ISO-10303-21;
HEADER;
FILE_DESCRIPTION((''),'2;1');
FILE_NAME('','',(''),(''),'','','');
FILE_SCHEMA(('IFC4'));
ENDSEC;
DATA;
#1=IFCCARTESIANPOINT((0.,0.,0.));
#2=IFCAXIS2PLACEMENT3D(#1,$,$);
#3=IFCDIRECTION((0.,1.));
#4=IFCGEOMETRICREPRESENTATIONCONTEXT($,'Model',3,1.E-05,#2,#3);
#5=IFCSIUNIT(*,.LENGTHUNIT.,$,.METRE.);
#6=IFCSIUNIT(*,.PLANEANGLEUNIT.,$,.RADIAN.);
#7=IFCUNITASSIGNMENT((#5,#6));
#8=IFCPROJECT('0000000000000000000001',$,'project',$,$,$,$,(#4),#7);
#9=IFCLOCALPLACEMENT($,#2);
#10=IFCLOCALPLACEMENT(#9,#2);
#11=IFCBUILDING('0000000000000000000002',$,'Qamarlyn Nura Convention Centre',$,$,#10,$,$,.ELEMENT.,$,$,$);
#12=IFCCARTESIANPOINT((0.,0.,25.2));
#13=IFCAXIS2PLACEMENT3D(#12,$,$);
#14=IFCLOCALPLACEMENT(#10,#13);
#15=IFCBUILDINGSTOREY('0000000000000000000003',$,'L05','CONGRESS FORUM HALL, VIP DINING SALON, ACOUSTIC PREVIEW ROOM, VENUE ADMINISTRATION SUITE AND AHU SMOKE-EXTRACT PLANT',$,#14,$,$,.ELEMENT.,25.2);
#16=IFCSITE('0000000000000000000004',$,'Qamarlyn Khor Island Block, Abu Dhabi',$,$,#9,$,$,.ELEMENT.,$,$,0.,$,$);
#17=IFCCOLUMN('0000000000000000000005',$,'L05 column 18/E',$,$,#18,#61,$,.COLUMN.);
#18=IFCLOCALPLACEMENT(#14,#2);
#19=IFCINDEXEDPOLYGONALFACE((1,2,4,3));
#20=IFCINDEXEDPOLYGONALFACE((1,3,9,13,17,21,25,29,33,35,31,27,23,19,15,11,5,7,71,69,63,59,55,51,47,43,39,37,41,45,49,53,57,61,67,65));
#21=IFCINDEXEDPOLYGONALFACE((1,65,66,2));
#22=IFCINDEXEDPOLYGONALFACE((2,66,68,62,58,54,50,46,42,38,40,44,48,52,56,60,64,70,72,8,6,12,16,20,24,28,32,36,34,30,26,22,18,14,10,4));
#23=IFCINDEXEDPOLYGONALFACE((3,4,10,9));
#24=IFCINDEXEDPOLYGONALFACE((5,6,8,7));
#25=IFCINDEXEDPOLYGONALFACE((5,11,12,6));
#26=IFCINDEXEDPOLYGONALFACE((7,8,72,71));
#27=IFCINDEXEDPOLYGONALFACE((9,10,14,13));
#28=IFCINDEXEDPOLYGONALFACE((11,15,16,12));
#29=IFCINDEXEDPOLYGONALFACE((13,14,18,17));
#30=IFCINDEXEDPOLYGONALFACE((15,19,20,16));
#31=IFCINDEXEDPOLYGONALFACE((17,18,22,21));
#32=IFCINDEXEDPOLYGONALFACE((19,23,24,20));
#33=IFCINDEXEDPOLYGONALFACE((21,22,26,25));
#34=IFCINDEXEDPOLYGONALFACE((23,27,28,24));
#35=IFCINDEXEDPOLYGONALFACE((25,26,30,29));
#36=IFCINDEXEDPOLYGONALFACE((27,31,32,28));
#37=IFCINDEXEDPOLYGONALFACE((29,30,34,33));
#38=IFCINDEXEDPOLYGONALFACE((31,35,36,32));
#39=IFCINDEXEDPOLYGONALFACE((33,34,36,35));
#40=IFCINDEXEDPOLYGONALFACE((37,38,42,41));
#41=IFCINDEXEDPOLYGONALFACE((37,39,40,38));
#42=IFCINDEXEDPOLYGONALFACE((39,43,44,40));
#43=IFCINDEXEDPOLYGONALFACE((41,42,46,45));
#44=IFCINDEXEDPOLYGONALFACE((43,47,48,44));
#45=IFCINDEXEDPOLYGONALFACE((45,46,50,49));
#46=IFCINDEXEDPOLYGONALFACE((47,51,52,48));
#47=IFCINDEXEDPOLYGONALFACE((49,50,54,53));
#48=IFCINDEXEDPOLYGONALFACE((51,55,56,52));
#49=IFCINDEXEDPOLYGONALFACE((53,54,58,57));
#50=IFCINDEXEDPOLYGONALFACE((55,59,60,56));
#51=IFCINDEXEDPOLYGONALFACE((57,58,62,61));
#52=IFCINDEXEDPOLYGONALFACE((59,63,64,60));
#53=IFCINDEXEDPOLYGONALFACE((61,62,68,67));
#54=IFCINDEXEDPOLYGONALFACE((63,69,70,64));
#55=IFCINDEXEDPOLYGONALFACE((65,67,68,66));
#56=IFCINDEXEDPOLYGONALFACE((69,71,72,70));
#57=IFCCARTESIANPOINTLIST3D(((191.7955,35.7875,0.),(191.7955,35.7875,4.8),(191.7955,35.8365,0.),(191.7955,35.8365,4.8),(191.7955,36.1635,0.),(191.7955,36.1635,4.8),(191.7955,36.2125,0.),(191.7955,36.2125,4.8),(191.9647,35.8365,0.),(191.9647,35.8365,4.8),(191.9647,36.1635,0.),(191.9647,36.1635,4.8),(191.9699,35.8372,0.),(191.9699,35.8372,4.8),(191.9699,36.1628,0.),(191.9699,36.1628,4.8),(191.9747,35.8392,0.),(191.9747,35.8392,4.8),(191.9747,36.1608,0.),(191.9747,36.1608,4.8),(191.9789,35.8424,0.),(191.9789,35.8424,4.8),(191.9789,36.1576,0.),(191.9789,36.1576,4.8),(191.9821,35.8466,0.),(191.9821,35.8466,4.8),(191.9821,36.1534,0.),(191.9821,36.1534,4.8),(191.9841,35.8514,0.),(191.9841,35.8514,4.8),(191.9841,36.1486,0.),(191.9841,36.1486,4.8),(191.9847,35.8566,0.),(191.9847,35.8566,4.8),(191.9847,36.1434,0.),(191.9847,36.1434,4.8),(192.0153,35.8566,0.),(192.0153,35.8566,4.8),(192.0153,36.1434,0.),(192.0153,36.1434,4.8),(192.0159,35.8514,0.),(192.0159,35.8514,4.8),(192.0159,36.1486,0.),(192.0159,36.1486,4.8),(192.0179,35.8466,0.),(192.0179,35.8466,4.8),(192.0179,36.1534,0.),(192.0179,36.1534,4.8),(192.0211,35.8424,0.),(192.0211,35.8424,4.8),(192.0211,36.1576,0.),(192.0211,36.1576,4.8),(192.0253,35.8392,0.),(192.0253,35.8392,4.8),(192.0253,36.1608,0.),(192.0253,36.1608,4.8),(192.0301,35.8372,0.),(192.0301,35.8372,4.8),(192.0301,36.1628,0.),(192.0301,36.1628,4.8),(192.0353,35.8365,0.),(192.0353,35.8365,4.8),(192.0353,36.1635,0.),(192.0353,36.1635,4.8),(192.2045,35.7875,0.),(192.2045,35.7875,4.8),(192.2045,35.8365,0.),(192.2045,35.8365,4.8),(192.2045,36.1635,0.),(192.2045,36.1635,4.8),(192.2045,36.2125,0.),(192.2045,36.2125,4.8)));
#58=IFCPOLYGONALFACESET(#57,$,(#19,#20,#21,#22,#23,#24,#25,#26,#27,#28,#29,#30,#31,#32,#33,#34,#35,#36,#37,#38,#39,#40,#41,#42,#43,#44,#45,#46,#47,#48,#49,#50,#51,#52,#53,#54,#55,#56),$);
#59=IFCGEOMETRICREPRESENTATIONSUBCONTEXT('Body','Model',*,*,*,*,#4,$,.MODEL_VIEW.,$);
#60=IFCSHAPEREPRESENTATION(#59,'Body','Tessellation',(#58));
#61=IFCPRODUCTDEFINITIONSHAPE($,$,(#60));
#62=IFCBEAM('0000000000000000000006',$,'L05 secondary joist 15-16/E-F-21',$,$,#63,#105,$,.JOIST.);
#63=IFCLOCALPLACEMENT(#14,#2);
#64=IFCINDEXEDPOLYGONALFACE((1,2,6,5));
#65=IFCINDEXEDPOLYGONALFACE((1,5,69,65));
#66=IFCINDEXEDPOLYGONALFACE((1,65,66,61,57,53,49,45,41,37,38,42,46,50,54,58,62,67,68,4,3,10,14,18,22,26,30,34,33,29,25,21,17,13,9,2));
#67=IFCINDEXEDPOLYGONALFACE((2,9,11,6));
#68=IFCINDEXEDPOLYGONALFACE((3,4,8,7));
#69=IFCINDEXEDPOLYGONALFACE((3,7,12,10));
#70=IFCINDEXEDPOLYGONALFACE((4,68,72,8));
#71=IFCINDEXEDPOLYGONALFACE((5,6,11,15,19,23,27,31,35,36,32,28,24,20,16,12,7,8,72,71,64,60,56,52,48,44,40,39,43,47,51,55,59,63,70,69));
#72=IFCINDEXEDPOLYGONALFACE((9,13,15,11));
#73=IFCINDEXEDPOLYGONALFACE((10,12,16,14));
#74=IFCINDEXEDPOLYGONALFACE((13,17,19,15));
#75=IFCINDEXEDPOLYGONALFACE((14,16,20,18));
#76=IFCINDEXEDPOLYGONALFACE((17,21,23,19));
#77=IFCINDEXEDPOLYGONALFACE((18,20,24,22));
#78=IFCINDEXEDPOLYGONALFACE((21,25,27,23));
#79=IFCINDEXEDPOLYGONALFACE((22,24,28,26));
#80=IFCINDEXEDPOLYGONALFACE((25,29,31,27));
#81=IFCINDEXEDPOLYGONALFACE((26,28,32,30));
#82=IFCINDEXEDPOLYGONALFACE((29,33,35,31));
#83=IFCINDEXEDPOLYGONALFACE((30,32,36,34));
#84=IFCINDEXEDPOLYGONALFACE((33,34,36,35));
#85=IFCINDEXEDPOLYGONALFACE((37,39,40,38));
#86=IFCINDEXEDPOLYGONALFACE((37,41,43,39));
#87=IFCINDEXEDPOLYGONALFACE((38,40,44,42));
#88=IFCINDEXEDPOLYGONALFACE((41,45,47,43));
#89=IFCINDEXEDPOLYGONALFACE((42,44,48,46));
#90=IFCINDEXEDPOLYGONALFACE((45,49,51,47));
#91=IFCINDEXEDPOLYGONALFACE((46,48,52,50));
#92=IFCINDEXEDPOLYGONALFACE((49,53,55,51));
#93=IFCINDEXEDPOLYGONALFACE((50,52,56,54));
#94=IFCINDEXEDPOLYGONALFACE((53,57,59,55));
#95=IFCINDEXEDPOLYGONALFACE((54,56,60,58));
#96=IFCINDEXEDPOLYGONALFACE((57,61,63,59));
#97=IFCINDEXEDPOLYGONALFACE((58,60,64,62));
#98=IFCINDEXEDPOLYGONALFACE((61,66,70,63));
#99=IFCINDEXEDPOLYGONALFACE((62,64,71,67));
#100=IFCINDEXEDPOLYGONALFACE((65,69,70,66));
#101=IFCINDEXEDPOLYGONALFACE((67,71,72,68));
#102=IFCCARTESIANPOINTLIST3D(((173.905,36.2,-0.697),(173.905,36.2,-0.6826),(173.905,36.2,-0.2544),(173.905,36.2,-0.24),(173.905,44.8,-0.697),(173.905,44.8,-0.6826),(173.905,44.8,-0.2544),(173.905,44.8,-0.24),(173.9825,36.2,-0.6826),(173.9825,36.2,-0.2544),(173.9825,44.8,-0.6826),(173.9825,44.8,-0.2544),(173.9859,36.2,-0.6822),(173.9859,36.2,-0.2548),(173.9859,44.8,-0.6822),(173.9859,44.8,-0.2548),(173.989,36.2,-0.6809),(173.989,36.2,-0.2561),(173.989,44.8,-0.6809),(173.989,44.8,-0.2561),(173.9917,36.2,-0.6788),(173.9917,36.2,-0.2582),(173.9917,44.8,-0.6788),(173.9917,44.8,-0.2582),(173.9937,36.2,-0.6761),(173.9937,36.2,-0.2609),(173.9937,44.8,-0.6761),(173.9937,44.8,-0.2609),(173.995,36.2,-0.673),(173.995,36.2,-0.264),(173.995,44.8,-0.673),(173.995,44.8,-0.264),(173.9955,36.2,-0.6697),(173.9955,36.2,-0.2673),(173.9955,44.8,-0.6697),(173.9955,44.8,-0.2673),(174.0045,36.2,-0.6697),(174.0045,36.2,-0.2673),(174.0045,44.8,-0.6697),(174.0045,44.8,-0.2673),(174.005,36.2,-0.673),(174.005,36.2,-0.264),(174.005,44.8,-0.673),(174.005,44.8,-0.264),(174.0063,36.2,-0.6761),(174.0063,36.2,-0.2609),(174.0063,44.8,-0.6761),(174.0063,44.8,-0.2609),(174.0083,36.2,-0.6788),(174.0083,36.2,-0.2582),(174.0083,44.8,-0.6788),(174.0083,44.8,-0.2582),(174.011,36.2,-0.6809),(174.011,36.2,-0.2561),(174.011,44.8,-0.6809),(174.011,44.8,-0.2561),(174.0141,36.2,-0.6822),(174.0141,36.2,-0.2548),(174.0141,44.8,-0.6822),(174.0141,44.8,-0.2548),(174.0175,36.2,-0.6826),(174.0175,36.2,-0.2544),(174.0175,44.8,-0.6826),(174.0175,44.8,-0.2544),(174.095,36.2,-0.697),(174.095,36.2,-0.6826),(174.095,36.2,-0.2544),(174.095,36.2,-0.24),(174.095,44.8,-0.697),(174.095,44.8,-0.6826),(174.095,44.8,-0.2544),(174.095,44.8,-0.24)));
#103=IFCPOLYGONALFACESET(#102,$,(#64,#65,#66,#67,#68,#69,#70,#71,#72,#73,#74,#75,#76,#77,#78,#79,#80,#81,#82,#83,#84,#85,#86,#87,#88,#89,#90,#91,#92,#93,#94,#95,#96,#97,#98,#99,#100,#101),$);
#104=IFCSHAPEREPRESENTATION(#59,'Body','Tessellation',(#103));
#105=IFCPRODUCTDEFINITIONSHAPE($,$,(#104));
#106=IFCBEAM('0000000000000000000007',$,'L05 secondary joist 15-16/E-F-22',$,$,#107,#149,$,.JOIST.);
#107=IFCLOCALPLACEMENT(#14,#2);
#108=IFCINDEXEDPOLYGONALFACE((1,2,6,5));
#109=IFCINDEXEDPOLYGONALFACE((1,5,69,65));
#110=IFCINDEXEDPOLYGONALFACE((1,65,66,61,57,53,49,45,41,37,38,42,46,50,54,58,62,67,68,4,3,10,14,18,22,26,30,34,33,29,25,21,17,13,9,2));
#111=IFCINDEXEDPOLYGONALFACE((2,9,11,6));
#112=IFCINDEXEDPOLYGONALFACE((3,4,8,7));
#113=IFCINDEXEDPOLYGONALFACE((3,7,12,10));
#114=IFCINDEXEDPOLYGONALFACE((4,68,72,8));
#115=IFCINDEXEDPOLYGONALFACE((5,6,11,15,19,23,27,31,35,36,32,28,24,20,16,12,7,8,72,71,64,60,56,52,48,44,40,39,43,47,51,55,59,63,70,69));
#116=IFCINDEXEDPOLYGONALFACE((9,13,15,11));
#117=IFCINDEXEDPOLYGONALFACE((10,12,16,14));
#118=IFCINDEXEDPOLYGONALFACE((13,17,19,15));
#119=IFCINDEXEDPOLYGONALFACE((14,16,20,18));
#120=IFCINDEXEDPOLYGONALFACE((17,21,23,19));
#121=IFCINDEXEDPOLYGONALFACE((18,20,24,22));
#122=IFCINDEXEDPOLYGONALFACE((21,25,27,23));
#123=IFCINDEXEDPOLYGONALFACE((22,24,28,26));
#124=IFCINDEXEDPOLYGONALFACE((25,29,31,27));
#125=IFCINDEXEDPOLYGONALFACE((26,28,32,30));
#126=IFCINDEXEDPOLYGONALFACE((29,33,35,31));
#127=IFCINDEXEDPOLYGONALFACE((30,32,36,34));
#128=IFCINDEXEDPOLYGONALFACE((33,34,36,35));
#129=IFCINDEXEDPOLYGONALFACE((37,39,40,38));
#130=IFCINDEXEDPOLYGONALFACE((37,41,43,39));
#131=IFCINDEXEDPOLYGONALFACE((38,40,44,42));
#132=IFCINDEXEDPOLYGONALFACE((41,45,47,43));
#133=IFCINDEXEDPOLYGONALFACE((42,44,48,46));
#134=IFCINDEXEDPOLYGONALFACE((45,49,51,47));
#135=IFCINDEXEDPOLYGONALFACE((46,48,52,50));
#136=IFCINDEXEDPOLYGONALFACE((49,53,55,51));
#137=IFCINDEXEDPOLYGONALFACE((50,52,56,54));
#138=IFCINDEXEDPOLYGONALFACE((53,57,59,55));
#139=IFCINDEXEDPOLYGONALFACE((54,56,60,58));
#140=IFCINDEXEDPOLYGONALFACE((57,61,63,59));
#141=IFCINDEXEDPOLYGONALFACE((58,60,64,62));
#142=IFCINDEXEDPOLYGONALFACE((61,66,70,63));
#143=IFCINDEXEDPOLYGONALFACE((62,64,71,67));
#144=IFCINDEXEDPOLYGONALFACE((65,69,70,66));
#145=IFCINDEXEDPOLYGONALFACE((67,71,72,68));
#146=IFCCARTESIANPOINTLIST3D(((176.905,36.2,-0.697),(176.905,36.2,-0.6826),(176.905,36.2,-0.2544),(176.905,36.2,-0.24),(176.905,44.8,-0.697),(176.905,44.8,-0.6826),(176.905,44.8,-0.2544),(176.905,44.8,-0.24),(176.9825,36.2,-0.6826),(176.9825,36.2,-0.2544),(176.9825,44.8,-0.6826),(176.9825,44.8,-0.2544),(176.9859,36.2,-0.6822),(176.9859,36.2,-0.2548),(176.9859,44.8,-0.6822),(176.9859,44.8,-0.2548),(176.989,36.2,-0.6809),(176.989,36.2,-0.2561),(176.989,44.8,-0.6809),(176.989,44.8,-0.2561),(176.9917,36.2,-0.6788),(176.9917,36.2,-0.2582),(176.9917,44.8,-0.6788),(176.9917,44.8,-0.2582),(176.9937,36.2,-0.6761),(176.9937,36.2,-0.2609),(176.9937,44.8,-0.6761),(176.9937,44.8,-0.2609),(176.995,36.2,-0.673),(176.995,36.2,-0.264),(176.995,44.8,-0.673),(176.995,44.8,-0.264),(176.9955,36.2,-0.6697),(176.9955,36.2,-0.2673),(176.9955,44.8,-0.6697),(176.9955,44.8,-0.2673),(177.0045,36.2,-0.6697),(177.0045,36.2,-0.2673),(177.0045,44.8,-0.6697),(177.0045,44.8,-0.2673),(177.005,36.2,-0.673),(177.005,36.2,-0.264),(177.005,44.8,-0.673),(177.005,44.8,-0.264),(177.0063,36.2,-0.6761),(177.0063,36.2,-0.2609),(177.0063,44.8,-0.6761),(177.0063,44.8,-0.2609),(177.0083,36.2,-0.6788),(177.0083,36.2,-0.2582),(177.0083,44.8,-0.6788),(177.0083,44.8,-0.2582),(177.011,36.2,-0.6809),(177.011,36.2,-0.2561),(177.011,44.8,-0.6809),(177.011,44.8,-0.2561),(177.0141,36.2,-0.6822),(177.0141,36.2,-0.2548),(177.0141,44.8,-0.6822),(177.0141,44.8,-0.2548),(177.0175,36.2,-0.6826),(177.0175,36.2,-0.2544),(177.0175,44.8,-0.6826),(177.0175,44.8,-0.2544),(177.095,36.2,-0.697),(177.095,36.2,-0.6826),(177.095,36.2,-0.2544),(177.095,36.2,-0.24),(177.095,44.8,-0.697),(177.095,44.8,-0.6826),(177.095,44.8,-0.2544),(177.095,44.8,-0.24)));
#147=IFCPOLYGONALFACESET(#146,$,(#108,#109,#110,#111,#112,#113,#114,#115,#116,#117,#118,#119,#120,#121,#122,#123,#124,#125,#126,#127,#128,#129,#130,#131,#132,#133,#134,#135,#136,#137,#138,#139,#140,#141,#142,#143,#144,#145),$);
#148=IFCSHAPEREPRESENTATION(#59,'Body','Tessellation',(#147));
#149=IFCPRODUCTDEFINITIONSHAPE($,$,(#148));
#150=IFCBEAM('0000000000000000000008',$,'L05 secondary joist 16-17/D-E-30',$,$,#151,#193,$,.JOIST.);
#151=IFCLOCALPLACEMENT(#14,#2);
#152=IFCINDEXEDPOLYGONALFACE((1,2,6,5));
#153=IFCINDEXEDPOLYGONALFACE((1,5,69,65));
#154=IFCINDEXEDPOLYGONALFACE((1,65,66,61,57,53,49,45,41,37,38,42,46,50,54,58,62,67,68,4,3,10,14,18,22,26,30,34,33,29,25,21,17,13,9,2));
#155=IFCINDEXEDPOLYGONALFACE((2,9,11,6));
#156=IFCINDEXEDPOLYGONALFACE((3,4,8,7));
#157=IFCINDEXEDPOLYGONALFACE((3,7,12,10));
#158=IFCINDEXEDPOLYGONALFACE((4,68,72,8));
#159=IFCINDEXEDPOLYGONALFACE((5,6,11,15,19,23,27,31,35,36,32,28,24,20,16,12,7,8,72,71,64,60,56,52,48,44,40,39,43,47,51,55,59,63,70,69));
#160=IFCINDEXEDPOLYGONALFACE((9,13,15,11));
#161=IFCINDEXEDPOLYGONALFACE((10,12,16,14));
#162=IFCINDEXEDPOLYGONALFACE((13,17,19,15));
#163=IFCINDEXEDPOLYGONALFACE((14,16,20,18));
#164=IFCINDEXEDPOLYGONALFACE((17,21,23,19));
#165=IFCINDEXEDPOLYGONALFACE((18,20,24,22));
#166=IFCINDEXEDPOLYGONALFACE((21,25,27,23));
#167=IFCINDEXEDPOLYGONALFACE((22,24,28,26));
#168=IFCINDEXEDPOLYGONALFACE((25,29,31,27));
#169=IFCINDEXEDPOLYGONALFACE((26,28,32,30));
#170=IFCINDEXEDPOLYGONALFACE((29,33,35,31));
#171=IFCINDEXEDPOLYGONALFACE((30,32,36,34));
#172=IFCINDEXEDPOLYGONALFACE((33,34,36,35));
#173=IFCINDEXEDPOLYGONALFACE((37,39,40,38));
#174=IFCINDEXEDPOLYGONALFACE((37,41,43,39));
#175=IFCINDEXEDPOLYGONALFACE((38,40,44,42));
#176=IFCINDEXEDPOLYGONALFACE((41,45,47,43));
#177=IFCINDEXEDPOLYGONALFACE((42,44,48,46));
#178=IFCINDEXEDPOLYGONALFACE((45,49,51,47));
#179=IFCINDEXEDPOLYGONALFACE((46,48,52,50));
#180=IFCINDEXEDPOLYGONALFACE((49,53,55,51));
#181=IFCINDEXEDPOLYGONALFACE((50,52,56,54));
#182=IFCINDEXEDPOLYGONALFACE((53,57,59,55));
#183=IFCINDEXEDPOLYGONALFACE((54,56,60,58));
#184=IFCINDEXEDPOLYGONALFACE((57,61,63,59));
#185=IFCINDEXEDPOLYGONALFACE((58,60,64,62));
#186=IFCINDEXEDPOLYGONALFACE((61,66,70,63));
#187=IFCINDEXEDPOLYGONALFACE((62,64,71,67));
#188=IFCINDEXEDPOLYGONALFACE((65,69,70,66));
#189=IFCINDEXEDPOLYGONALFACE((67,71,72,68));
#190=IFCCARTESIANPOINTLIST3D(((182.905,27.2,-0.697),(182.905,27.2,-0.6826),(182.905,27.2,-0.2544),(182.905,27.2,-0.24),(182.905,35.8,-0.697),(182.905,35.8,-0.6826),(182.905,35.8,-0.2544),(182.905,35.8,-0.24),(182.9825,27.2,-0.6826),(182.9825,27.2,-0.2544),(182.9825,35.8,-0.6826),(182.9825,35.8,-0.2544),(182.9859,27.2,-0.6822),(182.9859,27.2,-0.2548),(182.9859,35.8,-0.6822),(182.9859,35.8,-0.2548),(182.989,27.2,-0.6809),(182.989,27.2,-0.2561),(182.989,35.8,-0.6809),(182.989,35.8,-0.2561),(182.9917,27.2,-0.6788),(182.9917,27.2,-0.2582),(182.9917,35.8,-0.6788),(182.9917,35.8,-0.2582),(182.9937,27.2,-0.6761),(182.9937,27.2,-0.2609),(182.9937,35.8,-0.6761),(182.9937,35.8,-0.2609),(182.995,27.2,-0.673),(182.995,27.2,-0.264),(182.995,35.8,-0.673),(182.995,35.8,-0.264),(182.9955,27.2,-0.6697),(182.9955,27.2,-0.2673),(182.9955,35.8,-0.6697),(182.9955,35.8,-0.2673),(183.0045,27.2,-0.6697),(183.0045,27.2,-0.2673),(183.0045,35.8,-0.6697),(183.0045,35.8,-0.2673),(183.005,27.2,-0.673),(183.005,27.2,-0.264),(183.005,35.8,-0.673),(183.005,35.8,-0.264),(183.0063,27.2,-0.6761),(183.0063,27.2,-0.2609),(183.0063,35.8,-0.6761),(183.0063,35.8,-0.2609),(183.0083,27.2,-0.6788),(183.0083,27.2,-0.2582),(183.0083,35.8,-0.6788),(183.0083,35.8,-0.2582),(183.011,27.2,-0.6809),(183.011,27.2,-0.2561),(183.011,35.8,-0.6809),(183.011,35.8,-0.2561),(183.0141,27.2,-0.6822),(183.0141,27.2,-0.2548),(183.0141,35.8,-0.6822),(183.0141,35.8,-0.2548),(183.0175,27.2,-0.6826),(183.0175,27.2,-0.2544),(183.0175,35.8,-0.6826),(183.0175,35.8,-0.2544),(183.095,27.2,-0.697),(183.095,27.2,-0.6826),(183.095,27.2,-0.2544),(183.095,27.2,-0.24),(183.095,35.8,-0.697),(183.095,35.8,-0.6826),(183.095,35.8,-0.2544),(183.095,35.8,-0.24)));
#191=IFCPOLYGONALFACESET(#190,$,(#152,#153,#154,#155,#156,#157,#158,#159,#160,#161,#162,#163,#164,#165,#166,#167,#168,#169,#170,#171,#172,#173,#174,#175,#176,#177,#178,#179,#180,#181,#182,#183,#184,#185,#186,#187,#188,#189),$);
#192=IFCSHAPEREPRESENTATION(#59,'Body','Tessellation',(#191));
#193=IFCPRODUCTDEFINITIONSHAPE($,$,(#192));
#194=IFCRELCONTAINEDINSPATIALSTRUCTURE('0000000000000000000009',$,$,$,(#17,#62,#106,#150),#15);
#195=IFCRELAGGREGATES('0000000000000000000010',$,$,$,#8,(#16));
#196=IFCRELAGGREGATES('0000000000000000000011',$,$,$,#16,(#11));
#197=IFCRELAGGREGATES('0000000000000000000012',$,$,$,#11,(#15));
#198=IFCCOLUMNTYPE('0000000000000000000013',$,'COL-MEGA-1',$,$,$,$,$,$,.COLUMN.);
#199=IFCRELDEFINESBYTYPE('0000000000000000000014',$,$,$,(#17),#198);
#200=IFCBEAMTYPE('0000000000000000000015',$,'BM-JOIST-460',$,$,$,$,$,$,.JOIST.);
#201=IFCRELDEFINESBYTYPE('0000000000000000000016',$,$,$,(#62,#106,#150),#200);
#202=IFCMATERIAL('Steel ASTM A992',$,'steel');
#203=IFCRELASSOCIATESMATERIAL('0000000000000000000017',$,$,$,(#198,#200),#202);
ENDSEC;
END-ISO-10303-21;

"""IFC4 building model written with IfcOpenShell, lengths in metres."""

from ifc_helpers import new_model, si_unit, direction, frame, origin, origin_2d, place, context, subcontext, project, spatial, i_section, extrude, material, material_profile, profile_set, type_object, element, save


model = new_model("IFC4")

# Units and contexts
model_context = context("Model", 3, precision=1e-05, world=origin(), true_north=direction((0.0, 1.0)))
body_context = subcontext(model_context, "Body", "Model", "MODEL_VIEW")
ifc_project = project(units=[si_unit("LENGTHUNIT", "METRE"), si_unit("PLANEANGLEUNIT", "RADIAN")], contexts=[model_context])

# Site, building, storey
site_placement = place(None, origin())
site = spatial("IfcSite", under=ifc_project, at=site_placement, Name="Qamarlyn Khor Island Block, Abu Dhabi", CompositionType="ELEMENT", RefElevation=0.0)
building_placement = place(site_placement, origin())
building = spatial("IfcBuilding", under=site, at=building_placement, Name="Qamarlyn Nura Convention Centre", CompositionType="ELEMENT")
storey_placement = place(building_placement, frame((0.0, 0.0, 25.2)))
storey = spatial("IfcBuildingStorey", under=building, at=storey_placement, Name="L05", Description="CONGRESS FORUM HALL, VIP DINING SALON, ACOUSTIC PREVIEW ROOM, VENUE ADMINISTRATION SUITE AND AHU SMOKE-EXTRACT PLANT", CompositionType="ELEMENT", Elevation=25.2)

# Column
ifc_material_1 = material(Name="Steel ASTM A992", Category="steel")
ifc_material_profile_1 = material_profile(ifc_material_1, i_section(OverallWidth=0.4089, OverallDepth=0.425, WebThickness=0.0305, FlangeThickness=0.0491, FilletRadius=0.02, at=origin_2d()), Name="W360X421")
ifc_profile_set_1 = profile_set([ifc_material_profile_1], Name="Steel ASTM A992")
column_type = type_object("IfcColumnType", Name="COL-MEGA-1", PredefinedType="COLUMN", material=ifc_profile_set_1)
column_placement = place(storey_placement, frame((192.0, 36.0, 0.0), z_axis=(0.0, 0.0, 1.0), x_axis=(1.0, 0.0, 0.0)))
element("IfcColumn", 1, at=column_placement, inside=storey, type_object=column_type, Name="L05 column 18/E", PredefinedType="COLUMN", context=body_context, shape_type="SweptSolid", body=[
    extrude(i_section(OverallWidth=0.4089, OverallDepth=0.425, WebThickness=0.0305, FlangeThickness=0.0491, FilletRadius=0.02, at=origin_2d()), origin(), (0.0, 0.0, 1.0), 4.8),
])

# Beams
ifc_material_profile_2 = material_profile(ifc_material_1, i_section(OverallWidth=0.1899, OverallDepth=0.457, WebThickness=0.009, FlangeThickness=0.0144, FilletRadius=0.0129, at=origin_2d()), Name="W460X74")
ifc_profile_set_2 = profile_set([ifc_material_profile_2], Name="Steel ASTM A992")
beam_type_1 = type_object("IfcBeamType", Name="BM-JOIST-460", PredefinedType="JOIST", material=ifc_profile_set_2)
for number, where, z_axis, x_axis, name in (
    (2, (174.0, 36.2, -0.4685), (0.0, 1.0, 0.0), (-1.0, 0.0, 0.0), "L05 secondary joist 15-16/E-F-21"),
    (3, (177.0, 36.2, -0.4685), (0.0, 1.0, 0.0), (-1.0, 0.0, 0.0), "L05 secondary joist 15-16/E-F-22"),
    (4, (183.0, 27.2, -0.4685), (0.0, 1.0, 0.0), (-1.0, 0.0, 0.0), "L05 secondary joist 16-17/D-E-30"),
):
    element("IfcBeam", number, at=place(storey_placement, frame(where, z_axis=z_axis, x_axis=x_axis)), inside=storey, type_object=beam_type_1, Name=name, PredefinedType="JOIST", context=body_context, shape_type="SweptSolid", body=[
        extrude(i_section(OverallWidth=0.1899, OverallDepth=0.457, WebThickness=0.009, FlangeThickness=0.0144, FilletRadius=0.0129, at=origin_2d()), origin(), (0.0, 0.0, 1.0), 8.6001),
    ])

save(model, "model.ifc")
